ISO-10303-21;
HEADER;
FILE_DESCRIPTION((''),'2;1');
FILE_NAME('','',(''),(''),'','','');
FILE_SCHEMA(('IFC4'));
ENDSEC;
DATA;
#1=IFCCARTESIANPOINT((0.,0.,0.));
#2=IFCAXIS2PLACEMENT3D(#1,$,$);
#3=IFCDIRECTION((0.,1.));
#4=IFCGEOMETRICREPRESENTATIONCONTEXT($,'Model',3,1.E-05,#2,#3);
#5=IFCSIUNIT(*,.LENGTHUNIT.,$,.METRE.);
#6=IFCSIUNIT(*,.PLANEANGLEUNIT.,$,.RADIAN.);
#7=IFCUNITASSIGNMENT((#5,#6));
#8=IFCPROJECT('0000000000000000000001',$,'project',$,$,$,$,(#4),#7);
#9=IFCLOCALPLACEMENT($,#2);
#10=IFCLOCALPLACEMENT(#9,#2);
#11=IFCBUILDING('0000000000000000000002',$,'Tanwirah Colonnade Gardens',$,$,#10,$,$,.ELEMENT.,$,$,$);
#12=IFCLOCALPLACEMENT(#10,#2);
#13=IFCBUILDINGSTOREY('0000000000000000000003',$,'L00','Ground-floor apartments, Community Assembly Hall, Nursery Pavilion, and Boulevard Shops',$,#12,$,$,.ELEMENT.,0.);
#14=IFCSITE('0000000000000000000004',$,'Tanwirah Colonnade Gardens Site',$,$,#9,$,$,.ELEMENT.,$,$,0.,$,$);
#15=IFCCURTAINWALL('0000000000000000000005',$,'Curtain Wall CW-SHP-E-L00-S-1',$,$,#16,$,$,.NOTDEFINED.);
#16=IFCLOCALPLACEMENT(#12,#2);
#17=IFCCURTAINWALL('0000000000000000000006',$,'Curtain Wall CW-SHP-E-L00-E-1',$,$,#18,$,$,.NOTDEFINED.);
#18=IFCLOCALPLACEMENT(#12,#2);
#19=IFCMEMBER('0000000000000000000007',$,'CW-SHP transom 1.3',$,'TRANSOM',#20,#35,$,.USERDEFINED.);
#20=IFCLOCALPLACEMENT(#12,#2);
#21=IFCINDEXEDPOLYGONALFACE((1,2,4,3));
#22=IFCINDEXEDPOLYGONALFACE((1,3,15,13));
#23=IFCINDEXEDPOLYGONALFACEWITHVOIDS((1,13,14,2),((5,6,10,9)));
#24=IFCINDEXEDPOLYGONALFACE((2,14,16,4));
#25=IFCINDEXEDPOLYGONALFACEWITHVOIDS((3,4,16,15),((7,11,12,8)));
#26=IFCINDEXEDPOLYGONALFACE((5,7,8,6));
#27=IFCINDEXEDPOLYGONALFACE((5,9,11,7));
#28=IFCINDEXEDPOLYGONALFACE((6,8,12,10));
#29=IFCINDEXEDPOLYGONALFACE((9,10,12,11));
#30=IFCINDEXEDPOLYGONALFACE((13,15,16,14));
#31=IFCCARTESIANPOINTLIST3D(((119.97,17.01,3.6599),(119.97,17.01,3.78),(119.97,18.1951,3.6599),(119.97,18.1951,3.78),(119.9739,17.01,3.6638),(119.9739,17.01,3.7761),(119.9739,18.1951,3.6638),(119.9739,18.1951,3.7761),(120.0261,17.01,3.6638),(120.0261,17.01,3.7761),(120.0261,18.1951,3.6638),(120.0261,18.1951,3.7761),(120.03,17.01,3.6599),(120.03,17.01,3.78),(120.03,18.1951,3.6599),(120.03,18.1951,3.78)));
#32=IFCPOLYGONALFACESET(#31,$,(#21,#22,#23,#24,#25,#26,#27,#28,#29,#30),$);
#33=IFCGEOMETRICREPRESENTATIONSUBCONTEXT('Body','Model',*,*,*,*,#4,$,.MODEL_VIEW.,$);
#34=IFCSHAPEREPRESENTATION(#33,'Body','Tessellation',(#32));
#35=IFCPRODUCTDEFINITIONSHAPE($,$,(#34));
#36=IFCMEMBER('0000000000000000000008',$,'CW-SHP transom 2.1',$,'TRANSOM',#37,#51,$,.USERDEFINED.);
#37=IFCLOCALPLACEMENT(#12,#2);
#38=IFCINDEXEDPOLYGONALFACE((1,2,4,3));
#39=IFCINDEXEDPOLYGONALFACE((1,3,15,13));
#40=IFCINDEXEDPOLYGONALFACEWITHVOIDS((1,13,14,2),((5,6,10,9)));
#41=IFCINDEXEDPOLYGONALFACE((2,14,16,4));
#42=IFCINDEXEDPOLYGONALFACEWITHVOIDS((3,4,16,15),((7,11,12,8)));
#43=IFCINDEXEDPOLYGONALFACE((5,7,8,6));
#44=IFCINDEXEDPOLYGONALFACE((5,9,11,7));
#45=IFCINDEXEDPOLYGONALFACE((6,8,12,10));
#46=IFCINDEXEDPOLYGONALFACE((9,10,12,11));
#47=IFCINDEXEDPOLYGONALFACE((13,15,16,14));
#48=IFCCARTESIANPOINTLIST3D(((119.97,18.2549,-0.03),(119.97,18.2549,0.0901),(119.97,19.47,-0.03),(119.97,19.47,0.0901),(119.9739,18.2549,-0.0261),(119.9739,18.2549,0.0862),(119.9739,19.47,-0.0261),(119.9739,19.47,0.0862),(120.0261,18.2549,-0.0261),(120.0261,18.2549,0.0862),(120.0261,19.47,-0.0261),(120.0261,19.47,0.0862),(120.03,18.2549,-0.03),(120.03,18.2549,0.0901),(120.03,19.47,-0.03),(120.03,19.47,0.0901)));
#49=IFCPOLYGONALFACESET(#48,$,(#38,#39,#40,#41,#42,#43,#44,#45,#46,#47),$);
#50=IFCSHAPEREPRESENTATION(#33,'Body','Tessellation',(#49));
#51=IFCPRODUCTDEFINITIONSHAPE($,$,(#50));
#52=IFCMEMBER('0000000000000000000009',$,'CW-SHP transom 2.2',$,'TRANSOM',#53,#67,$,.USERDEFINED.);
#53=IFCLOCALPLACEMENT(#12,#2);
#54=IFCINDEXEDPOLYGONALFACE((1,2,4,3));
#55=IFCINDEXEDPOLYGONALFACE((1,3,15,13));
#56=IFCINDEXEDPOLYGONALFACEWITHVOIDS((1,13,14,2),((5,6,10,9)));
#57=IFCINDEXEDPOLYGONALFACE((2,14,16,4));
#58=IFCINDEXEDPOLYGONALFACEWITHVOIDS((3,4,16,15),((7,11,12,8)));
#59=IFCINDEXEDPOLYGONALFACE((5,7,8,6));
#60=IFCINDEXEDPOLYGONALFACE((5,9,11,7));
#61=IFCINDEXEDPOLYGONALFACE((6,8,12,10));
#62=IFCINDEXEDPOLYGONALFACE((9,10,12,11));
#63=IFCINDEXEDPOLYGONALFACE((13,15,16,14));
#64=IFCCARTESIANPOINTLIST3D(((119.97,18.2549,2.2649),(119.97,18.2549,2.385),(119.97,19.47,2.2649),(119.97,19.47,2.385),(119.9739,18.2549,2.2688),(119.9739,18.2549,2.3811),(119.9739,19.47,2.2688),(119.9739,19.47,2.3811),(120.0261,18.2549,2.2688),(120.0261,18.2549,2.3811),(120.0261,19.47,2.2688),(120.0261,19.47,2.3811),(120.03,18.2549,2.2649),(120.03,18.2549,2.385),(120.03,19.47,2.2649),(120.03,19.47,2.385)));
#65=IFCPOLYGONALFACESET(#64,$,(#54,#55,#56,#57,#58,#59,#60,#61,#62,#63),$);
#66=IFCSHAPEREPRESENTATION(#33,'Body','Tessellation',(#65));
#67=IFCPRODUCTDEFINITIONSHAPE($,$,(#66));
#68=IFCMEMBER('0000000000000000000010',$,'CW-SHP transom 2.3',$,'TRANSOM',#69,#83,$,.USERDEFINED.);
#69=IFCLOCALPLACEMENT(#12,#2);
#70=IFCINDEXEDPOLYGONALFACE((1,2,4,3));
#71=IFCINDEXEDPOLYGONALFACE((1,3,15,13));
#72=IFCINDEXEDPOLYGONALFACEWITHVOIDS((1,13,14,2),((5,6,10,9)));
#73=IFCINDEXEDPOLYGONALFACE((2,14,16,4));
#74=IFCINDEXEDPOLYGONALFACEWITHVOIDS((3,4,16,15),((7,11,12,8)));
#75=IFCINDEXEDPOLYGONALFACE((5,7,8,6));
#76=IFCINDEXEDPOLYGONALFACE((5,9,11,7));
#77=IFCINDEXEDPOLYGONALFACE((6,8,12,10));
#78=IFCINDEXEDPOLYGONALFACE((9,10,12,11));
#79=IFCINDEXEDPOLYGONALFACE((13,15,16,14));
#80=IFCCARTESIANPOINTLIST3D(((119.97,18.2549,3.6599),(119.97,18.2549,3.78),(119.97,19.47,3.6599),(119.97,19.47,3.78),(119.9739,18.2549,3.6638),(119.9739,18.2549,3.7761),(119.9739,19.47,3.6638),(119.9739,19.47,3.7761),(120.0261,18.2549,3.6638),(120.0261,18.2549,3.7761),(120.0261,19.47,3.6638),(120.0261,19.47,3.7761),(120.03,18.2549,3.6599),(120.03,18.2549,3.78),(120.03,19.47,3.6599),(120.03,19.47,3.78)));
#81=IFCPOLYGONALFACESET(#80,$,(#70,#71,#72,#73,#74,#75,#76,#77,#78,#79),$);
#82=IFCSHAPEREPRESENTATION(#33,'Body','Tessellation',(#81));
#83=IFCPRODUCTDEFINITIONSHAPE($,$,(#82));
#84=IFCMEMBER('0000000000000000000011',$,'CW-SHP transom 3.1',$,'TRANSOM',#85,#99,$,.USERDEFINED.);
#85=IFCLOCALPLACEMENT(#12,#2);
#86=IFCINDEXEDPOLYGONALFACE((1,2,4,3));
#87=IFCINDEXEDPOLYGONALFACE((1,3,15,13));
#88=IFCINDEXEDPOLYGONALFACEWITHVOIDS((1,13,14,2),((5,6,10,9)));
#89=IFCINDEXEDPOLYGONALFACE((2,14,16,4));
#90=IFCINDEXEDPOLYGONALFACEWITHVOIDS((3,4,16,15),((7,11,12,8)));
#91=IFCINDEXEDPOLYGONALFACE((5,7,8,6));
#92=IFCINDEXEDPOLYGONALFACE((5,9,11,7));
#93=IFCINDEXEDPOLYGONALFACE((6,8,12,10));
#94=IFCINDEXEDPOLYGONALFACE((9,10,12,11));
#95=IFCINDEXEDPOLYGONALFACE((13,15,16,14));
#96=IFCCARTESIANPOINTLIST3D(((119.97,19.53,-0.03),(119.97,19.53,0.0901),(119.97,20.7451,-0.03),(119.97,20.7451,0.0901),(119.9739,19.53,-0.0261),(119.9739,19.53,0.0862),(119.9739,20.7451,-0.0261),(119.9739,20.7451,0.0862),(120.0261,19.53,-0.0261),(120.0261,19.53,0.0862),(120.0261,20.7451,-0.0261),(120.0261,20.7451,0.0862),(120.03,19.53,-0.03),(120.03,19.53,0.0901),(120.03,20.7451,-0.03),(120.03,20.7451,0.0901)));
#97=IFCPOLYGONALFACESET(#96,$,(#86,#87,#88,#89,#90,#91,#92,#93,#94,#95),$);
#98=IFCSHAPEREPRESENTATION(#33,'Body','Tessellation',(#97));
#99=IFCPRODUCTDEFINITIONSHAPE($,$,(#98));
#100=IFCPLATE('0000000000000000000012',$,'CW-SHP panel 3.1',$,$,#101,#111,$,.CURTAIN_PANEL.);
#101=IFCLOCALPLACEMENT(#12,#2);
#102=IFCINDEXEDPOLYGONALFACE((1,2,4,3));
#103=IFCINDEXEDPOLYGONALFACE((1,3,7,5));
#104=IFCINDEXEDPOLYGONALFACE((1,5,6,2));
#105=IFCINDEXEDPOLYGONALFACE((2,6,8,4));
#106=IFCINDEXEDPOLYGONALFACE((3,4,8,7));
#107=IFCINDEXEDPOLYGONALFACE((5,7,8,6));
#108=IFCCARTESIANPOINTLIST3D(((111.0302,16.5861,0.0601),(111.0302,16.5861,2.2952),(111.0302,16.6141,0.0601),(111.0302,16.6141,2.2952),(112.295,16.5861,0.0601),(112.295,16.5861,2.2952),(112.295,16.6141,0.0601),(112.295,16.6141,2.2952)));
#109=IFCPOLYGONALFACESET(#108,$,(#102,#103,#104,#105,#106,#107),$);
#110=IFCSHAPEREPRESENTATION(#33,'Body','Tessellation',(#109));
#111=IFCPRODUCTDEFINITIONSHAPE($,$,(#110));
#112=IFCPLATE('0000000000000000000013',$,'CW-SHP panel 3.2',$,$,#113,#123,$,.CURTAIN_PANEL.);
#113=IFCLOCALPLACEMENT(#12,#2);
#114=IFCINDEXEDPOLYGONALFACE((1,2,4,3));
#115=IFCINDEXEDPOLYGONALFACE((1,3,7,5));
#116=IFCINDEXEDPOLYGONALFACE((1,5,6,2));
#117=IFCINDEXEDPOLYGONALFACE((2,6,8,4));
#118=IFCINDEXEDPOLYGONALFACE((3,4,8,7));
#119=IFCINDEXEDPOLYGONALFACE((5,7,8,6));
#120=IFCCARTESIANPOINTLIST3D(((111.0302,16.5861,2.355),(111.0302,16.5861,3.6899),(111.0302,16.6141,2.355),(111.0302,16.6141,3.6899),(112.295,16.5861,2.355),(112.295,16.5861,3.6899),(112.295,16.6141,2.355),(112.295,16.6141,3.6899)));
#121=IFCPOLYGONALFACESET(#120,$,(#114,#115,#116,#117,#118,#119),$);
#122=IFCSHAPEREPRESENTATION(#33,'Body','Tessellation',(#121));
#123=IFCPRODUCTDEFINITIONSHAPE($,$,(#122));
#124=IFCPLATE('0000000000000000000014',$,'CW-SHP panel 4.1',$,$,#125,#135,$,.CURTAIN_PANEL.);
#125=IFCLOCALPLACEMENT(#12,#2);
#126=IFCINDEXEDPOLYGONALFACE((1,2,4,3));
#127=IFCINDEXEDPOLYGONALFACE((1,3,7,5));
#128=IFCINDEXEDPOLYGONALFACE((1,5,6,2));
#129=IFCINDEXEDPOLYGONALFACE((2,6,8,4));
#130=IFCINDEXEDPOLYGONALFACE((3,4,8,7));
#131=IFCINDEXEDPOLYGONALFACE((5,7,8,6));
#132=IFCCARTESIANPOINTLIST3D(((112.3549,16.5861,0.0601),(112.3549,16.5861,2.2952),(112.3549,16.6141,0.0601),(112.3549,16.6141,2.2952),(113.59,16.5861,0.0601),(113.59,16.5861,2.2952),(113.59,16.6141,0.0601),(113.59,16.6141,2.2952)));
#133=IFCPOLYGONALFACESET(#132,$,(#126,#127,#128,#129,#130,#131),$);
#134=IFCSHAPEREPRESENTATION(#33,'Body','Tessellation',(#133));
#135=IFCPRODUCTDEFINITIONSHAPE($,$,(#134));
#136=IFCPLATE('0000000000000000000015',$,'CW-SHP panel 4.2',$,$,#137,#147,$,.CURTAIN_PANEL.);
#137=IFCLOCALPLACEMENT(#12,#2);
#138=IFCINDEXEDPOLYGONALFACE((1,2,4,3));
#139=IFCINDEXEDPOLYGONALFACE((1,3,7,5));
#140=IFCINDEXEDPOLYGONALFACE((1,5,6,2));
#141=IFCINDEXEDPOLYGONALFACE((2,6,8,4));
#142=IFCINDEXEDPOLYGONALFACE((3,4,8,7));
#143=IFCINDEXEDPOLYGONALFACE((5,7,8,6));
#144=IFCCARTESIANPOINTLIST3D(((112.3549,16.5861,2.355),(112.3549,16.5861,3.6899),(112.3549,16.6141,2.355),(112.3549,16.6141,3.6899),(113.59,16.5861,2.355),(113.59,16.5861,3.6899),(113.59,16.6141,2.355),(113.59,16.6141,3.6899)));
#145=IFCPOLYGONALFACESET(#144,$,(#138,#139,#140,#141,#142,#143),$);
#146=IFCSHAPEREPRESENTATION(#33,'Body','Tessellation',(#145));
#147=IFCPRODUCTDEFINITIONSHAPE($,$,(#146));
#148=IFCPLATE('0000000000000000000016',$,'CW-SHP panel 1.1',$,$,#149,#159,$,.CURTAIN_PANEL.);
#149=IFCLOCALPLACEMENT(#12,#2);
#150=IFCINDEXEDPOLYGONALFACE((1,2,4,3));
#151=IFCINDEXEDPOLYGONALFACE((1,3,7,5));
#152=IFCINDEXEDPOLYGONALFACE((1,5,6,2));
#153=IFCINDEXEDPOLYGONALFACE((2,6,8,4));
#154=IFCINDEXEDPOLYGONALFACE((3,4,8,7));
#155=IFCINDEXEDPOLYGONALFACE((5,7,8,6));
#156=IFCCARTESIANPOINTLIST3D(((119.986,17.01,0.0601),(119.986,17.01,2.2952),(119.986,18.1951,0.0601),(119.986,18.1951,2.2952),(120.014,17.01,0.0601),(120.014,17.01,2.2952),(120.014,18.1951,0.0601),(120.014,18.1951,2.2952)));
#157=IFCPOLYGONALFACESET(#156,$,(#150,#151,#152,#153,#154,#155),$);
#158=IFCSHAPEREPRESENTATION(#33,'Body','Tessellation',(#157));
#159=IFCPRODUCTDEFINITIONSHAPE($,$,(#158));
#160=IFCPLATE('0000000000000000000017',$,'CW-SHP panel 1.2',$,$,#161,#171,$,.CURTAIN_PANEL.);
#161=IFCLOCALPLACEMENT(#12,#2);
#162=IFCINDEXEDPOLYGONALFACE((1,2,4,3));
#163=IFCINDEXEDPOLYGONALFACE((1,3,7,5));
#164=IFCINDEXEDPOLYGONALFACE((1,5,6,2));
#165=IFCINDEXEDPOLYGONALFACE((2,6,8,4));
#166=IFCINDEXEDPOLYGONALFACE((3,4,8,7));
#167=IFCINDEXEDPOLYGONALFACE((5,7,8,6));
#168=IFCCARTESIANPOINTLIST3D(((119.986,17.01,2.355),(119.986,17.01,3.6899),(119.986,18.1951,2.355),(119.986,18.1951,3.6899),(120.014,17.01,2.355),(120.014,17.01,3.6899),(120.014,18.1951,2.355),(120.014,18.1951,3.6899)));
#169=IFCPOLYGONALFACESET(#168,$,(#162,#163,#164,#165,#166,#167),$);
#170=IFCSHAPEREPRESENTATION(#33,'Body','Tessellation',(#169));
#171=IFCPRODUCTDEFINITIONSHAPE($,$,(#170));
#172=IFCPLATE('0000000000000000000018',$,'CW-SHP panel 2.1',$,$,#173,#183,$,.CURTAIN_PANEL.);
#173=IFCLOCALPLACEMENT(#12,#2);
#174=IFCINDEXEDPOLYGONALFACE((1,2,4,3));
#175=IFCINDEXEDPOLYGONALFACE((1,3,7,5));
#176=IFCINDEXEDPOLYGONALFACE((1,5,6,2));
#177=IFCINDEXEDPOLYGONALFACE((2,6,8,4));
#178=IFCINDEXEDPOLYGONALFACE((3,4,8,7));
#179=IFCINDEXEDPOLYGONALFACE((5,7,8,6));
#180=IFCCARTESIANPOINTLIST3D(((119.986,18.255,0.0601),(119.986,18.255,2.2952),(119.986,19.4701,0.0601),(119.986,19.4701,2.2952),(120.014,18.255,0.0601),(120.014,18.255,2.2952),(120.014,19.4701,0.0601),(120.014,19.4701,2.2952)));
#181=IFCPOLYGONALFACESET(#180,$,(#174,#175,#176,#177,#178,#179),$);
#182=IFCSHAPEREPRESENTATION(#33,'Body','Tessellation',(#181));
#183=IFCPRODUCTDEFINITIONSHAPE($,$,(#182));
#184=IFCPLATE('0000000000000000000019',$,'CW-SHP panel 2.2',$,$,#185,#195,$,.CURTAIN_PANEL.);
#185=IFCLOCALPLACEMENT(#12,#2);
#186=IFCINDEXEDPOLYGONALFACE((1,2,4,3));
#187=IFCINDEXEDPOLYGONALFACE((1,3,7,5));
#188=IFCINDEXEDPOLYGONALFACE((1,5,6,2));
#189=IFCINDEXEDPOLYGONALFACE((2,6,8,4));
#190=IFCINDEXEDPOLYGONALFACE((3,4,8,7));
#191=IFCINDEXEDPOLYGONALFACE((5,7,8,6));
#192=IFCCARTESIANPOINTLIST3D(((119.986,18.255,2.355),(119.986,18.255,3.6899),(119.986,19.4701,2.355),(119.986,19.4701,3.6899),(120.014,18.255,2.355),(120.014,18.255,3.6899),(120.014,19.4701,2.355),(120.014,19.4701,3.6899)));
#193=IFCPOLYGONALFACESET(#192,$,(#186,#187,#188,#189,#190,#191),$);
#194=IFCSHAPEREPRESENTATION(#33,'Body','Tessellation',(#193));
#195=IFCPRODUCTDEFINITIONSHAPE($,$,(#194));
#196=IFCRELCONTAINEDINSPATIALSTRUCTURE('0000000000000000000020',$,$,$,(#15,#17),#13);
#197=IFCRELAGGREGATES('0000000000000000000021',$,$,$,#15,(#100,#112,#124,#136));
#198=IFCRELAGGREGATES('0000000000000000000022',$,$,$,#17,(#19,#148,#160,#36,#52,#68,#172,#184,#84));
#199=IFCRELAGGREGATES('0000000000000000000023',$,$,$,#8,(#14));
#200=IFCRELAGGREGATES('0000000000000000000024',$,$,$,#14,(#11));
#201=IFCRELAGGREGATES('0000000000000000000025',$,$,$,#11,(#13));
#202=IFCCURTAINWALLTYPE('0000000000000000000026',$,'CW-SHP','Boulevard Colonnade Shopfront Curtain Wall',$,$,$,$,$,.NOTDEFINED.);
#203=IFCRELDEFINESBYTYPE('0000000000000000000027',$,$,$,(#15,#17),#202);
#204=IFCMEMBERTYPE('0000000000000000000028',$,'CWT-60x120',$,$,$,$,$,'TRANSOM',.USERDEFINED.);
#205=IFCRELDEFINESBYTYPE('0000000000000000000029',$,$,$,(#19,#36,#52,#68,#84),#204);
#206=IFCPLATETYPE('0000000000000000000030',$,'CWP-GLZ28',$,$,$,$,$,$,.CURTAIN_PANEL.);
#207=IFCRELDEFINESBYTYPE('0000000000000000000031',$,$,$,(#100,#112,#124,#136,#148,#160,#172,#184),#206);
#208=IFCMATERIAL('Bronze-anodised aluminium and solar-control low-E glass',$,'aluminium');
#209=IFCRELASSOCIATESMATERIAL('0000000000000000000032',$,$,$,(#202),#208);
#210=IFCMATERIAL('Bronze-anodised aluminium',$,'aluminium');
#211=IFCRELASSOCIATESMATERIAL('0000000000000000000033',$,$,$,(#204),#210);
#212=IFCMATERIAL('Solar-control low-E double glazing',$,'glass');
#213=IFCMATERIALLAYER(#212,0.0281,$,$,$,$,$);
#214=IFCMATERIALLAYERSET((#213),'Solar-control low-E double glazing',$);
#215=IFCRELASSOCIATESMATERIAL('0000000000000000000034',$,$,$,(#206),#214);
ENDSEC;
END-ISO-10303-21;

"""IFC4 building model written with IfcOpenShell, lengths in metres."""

from ifc_helpers import new_model, si_unit, direction, frame, origin, origin_2d, place, context, subcontext, project, spatial, rectangle, hollow_rectangle, extrude, material, layer, layer_set, material_profile, profile_set, type_object, element, aggregate, save


model = new_model("IFC4")

# Units and contexts
model_context = context("Model", 3, precision=1e-05, world=origin(), true_north=direction((0.0, 1.0)))
body_context = subcontext(model_context, "Body", "Model", "MODEL_VIEW")
ifc_project = project(units=[si_unit("LENGTHUNIT", "METRE"), si_unit("PLANEANGLEUNIT", "RADIAN")], contexts=[model_context])

# Site, building, storey
site_placement = place(None, origin())
site = spatial("IfcSite", under=ifc_project, at=site_placement, Name="Tanwirah Colonnade Gardens Site", CompositionType="ELEMENT", RefElevation=0.0)
building_placement = place(site_placement, origin())
building = spatial("IfcBuilding", under=site, at=building_placement, Name="Tanwirah Colonnade Gardens", CompositionType="ELEMENT")
storey_placement = place(building_placement, origin())
storey = spatial("IfcBuildingStorey", under=building, at=storey_placement, Name="L00", Description="Ground-floor apartments, Community Assembly Hall, Nursery Pavilion, and Boulevard Shops", CompositionType="ELEMENT", Elevation=0.0)

# Curtain walls
ifc_material_1 = material(Name="Bronze-anodised aluminium and solar-control low-E glass", Category="aluminium")
curtain_wall_type = type_object("IfcCurtainWallType", Name="CW-SHP", Description="Boulevard Colonnade Shopfront Curtain Wall", PredefinedType="NOTDEFINED", material=ifc_material_1)
curtain_wall_1_placement = place(storey_placement, origin())
curtain_wall_1 = element("IfcCurtainWall", 1, at=curtain_wall_1_placement, inside=storey, type_object=curtain_wall_type, Name="Curtain Wall CW-SHP-E-L00-S-1", PredefinedType="NOTDEFINED")
ifc_material_2 = material(Name="Bronze-anodised aluminium", Category="aluminium")
curtain_wall_2_placement = place(storey_placement, origin())
curtain_wall_2 = element("IfcCurtainWall", 2, at=curtain_wall_2_placement, inside=storey, type_object=curtain_wall_type, Name="Curtain Wall CW-SHP-E-L00-E-1", PredefinedType="NOTDEFINED")

# Members
ifc_material_profile_1 = material_profile(ifc_material_2, hollow_rectangle(XDim=0.0601, YDim=0.1201, WallThickness=0.0039, at=origin_2d()), Name="CW-TRN 60x120x4")
ifc_profile_set_1 = profile_set([ifc_material_profile_1], Name="Bronze-anodised aluminium")
member_type_1 = type_object("IfcMemberType", Name="CWT-60x120", ElementType="TRANSOM", PredefinedType="USERDEFINED", material=ifc_profile_set_1)
member_1_placement = place(storey_placement, frame((120.0, 17.01, 3.72), z_axis=(0.0, 1.0, 0.0), x_axis=(-1.0, 0.0, 0.0)))
member_1 = element("IfcMember", 3, at=member_1_placement, type_object=member_type_1, Name="CW-SHP transom 1.3", ObjectType="TRANSOM", PredefinedType="USERDEFINED", context=body_context, shape_type="SweptSolid", body=[
    extrude(hollow_rectangle(XDim=0.0601, YDim=0.1201, WallThickness=0.0039, at=origin_2d()), origin(), (0.0, 0.0, 1.0), 1.1851),
])
member_2_placement = place(storey_placement, frame((120.0, 18.2549, 0.03), z_axis=(0.0, 1.0, 0.0), x_axis=(-1.0, 0.0, 0.0)))
member_2 = element("IfcMember", 4, at=member_2_placement, type_object=member_type_1, Name="CW-SHP transom 2.1", ObjectType="TRANSOM", PredefinedType="USERDEFINED", context=body_context, shape_type="SweptSolid", body=[
    extrude(hollow_rectangle(XDim=0.0601, YDim=0.1201, WallThickness=0.0039, at=origin_2d()), origin(), (0.0, 0.0, 1.0), 1.2151),
])
member_3_placement = place(storey_placement, frame((120.0, 18.2549, 2.325), z_axis=(0.0, 1.0, 0.0), x_axis=(-1.0, 0.0, 0.0)))
member_3 = element("IfcMember", 5, at=member_3_placement, type_object=member_type_1, Name="CW-SHP transom 2.2", ObjectType="TRANSOM", PredefinedType="USERDEFINED", context=body_context, shape_type="SweptSolid", body=[
    extrude(hollow_rectangle(XDim=0.0601, YDim=0.1201, WallThickness=0.0039, at=origin_2d()), origin(), (0.0, 0.0, 1.0), 1.2151),
])
member_4_placement = place(storey_placement, frame((120.0, 18.2549, 3.72), z_axis=(0.0, 1.0, 0.0), x_axis=(-1.0, 0.0, 0.0)))
member_4 = element("IfcMember", 6, at=member_4_placement, type_object=member_type_1, Name="CW-SHP transom 2.3", ObjectType="TRANSOM", PredefinedType="USERDEFINED", context=body_context, shape_type="SweptSolid", body=[
    extrude(hollow_rectangle(XDim=0.0601, YDim=0.1201, WallThickness=0.0039, at=origin_2d()), origin(), (0.0, 0.0, 1.0), 1.2151),
])
member_5_placement = place(storey_placement, frame((120.0, 19.53, 0.03), z_axis=(0.0, 1.0, 0.0), x_axis=(-1.0, 0.0, 0.0)))
member_5 = element("IfcMember", 7, at=member_5_placement, type_object=member_type_1, Name="CW-SHP transom 3.1", ObjectType="TRANSOM", PredefinedType="USERDEFINED", context=body_context, shape_type="SweptSolid", body=[
    extrude(hollow_rectangle(XDim=0.0601, YDim=0.1201, WallThickness=0.0039, at=origin_2d()), origin(), (0.0, 0.0, 1.0), 1.2151),
])

# Plates
ifc_material_3 = material(Name="Solar-control low-E double glazing", Category="glass")
ifc_layer_1 = layer(ifc_material_3, 0.0281)
ifc_layer_set_1 = layer_set([ifc_layer_1], Name="Solar-control low-E double glazing")
plate_type = type_object("IfcPlateType", Name="CWP-GLZ28", PredefinedType="CURTAIN_PANEL", material=ifc_layer_set_1)
plate_1_placement = place(storey_placement, frame((111.6626, 16.6001, 0.0601), z_axis=(0.0, 0.0, 1.0), x_axis=(1.0, 0.0, 0.0)))
plate_1 = element("IfcPlate", 8, at=plate_1_placement, type_object=plate_type, Name="CW-SHP panel 3.1", PredefinedType="CURTAIN_PANEL", context=body_context, shape_type="SweptSolid", body=[
    extrude(rectangle(XDim=1.2649, YDim=0.0281, at=origin_2d()), origin(), (0.0, 0.0, 1.0), 2.2351),
])
plate_2_placement = place(storey_placement, frame((111.6626, 16.6001, 2.355), z_axis=(0.0, 0.0, 1.0), x_axis=(1.0, 0.0, 0.0)))
plate_2 = element("IfcPlate", 9, at=plate_2_placement, type_object=plate_type, Name="CW-SHP panel 3.2", PredefinedType="CURTAIN_PANEL", context=body_context, shape_type="SweptSolid", body=[
    extrude(rectangle(XDim=1.2649, YDim=0.0281, at=origin_2d()), origin(), (0.0, 0.0, 1.0), 1.335),
])
plate_3_placement = place(storey_placement, frame((112.9724, 16.6001, 0.0601), z_axis=(0.0, 0.0, 1.0), x_axis=(1.0, 0.0, 0.0)))
plate_3 = element("IfcPlate", 10, at=plate_3_placement, type_object=plate_type, Name="CW-SHP panel 4.1", PredefinedType="CURTAIN_PANEL", context=body_context, shape_type="SweptSolid", body=[
    extrude(rectangle(XDim=1.2351, YDim=0.0281, at=origin_2d()), origin(), (0.0, 0.0, 1.0), 2.2351),
])
plate_4_placement = place(storey_placement, frame((112.9724, 16.6001, 2.355), z_axis=(0.0, 0.0, 1.0), x_axis=(1.0, 0.0, 0.0)))
plate_4 = element("IfcPlate", 11, at=plate_4_placement, type_object=plate_type, Name="CW-SHP panel 4.2", PredefinedType="CURTAIN_PANEL", context=body_context, shape_type="SweptSolid", body=[
    extrude(rectangle(XDim=1.2351, YDim=0.0281, at=origin_2d()), origin(), (0.0, 0.0, 1.0), 1.335),
])
aggregate(curtain_wall_1, [plate_1, plate_2, plate_3, plate_4])
plate_5_placement = place(storey_placement, frame((120.0, 17.6025, 0.0601), z_axis=(0.0, 0.0, 1.0), x_axis=(0.0, 1.0, 0.0)))
plate_5 = element("IfcPlate", 12, at=plate_5_placement, type_object=plate_type, Name="CW-SHP panel 1.1", PredefinedType="CURTAIN_PANEL", context=body_context, shape_type="SweptSolid", body=[
    extrude(rectangle(XDim=1.1851, YDim=0.0281, at=origin_2d()), origin(), (0.0, 0.0, 1.0), 2.2351),
])
plate_6_placement = place(storey_placement, frame((120.0, 17.6025, 2.355), z_axis=(0.0, 0.0, 1.0), x_axis=(0.0, 1.0, 0.0)))
plate_6 = element("IfcPlate", 13, at=plate_6_placement, type_object=plate_type, Name="CW-SHP panel 1.2", PredefinedType="CURTAIN_PANEL", context=body_context, shape_type="SweptSolid", body=[
    extrude(rectangle(XDim=1.1851, YDim=0.0281, at=origin_2d()), origin(), (0.0, 0.0, 1.0), 1.335),
])
plate_7_placement = place(storey_placement, frame((120.0, 18.8625, 0.0601), z_axis=(0.0, 0.0, 1.0), x_axis=(0.0, 1.0, 0.0)))
plate_7 = element("IfcPlate", 14, at=plate_7_placement, type_object=plate_type, Name="CW-SHP panel 2.1", PredefinedType="CURTAIN_PANEL", context=body_context, shape_type="SweptSolid", body=[
    extrude(rectangle(XDim=1.2151, YDim=0.0281, at=origin_2d()), origin(), (0.0, 0.0, 1.0), 2.2351),
])
plate_8_placement = place(storey_placement, frame((120.0, 18.8625, 2.355), z_axis=(0.0, 0.0, 1.0), x_axis=(0.0, 1.0, 0.0)))
plate_8 = element("IfcPlate", 15, at=plate_8_placement, type_object=plate_type, Name="CW-SHP panel 2.2", PredefinedType="CURTAIN_PANEL", context=body_context, shape_type="SweptSolid", body=[
    extrude(rectangle(XDim=1.2151, YDim=0.0281, at=origin_2d()), origin(), (0.0, 0.0, 1.0), 1.335),
])
aggregate(curtain_wall_2, [member_1, plate_5, plate_6, member_2, member_3, member_4, plate_7, plate_8, member_5])

save(model, "model.ifc")
